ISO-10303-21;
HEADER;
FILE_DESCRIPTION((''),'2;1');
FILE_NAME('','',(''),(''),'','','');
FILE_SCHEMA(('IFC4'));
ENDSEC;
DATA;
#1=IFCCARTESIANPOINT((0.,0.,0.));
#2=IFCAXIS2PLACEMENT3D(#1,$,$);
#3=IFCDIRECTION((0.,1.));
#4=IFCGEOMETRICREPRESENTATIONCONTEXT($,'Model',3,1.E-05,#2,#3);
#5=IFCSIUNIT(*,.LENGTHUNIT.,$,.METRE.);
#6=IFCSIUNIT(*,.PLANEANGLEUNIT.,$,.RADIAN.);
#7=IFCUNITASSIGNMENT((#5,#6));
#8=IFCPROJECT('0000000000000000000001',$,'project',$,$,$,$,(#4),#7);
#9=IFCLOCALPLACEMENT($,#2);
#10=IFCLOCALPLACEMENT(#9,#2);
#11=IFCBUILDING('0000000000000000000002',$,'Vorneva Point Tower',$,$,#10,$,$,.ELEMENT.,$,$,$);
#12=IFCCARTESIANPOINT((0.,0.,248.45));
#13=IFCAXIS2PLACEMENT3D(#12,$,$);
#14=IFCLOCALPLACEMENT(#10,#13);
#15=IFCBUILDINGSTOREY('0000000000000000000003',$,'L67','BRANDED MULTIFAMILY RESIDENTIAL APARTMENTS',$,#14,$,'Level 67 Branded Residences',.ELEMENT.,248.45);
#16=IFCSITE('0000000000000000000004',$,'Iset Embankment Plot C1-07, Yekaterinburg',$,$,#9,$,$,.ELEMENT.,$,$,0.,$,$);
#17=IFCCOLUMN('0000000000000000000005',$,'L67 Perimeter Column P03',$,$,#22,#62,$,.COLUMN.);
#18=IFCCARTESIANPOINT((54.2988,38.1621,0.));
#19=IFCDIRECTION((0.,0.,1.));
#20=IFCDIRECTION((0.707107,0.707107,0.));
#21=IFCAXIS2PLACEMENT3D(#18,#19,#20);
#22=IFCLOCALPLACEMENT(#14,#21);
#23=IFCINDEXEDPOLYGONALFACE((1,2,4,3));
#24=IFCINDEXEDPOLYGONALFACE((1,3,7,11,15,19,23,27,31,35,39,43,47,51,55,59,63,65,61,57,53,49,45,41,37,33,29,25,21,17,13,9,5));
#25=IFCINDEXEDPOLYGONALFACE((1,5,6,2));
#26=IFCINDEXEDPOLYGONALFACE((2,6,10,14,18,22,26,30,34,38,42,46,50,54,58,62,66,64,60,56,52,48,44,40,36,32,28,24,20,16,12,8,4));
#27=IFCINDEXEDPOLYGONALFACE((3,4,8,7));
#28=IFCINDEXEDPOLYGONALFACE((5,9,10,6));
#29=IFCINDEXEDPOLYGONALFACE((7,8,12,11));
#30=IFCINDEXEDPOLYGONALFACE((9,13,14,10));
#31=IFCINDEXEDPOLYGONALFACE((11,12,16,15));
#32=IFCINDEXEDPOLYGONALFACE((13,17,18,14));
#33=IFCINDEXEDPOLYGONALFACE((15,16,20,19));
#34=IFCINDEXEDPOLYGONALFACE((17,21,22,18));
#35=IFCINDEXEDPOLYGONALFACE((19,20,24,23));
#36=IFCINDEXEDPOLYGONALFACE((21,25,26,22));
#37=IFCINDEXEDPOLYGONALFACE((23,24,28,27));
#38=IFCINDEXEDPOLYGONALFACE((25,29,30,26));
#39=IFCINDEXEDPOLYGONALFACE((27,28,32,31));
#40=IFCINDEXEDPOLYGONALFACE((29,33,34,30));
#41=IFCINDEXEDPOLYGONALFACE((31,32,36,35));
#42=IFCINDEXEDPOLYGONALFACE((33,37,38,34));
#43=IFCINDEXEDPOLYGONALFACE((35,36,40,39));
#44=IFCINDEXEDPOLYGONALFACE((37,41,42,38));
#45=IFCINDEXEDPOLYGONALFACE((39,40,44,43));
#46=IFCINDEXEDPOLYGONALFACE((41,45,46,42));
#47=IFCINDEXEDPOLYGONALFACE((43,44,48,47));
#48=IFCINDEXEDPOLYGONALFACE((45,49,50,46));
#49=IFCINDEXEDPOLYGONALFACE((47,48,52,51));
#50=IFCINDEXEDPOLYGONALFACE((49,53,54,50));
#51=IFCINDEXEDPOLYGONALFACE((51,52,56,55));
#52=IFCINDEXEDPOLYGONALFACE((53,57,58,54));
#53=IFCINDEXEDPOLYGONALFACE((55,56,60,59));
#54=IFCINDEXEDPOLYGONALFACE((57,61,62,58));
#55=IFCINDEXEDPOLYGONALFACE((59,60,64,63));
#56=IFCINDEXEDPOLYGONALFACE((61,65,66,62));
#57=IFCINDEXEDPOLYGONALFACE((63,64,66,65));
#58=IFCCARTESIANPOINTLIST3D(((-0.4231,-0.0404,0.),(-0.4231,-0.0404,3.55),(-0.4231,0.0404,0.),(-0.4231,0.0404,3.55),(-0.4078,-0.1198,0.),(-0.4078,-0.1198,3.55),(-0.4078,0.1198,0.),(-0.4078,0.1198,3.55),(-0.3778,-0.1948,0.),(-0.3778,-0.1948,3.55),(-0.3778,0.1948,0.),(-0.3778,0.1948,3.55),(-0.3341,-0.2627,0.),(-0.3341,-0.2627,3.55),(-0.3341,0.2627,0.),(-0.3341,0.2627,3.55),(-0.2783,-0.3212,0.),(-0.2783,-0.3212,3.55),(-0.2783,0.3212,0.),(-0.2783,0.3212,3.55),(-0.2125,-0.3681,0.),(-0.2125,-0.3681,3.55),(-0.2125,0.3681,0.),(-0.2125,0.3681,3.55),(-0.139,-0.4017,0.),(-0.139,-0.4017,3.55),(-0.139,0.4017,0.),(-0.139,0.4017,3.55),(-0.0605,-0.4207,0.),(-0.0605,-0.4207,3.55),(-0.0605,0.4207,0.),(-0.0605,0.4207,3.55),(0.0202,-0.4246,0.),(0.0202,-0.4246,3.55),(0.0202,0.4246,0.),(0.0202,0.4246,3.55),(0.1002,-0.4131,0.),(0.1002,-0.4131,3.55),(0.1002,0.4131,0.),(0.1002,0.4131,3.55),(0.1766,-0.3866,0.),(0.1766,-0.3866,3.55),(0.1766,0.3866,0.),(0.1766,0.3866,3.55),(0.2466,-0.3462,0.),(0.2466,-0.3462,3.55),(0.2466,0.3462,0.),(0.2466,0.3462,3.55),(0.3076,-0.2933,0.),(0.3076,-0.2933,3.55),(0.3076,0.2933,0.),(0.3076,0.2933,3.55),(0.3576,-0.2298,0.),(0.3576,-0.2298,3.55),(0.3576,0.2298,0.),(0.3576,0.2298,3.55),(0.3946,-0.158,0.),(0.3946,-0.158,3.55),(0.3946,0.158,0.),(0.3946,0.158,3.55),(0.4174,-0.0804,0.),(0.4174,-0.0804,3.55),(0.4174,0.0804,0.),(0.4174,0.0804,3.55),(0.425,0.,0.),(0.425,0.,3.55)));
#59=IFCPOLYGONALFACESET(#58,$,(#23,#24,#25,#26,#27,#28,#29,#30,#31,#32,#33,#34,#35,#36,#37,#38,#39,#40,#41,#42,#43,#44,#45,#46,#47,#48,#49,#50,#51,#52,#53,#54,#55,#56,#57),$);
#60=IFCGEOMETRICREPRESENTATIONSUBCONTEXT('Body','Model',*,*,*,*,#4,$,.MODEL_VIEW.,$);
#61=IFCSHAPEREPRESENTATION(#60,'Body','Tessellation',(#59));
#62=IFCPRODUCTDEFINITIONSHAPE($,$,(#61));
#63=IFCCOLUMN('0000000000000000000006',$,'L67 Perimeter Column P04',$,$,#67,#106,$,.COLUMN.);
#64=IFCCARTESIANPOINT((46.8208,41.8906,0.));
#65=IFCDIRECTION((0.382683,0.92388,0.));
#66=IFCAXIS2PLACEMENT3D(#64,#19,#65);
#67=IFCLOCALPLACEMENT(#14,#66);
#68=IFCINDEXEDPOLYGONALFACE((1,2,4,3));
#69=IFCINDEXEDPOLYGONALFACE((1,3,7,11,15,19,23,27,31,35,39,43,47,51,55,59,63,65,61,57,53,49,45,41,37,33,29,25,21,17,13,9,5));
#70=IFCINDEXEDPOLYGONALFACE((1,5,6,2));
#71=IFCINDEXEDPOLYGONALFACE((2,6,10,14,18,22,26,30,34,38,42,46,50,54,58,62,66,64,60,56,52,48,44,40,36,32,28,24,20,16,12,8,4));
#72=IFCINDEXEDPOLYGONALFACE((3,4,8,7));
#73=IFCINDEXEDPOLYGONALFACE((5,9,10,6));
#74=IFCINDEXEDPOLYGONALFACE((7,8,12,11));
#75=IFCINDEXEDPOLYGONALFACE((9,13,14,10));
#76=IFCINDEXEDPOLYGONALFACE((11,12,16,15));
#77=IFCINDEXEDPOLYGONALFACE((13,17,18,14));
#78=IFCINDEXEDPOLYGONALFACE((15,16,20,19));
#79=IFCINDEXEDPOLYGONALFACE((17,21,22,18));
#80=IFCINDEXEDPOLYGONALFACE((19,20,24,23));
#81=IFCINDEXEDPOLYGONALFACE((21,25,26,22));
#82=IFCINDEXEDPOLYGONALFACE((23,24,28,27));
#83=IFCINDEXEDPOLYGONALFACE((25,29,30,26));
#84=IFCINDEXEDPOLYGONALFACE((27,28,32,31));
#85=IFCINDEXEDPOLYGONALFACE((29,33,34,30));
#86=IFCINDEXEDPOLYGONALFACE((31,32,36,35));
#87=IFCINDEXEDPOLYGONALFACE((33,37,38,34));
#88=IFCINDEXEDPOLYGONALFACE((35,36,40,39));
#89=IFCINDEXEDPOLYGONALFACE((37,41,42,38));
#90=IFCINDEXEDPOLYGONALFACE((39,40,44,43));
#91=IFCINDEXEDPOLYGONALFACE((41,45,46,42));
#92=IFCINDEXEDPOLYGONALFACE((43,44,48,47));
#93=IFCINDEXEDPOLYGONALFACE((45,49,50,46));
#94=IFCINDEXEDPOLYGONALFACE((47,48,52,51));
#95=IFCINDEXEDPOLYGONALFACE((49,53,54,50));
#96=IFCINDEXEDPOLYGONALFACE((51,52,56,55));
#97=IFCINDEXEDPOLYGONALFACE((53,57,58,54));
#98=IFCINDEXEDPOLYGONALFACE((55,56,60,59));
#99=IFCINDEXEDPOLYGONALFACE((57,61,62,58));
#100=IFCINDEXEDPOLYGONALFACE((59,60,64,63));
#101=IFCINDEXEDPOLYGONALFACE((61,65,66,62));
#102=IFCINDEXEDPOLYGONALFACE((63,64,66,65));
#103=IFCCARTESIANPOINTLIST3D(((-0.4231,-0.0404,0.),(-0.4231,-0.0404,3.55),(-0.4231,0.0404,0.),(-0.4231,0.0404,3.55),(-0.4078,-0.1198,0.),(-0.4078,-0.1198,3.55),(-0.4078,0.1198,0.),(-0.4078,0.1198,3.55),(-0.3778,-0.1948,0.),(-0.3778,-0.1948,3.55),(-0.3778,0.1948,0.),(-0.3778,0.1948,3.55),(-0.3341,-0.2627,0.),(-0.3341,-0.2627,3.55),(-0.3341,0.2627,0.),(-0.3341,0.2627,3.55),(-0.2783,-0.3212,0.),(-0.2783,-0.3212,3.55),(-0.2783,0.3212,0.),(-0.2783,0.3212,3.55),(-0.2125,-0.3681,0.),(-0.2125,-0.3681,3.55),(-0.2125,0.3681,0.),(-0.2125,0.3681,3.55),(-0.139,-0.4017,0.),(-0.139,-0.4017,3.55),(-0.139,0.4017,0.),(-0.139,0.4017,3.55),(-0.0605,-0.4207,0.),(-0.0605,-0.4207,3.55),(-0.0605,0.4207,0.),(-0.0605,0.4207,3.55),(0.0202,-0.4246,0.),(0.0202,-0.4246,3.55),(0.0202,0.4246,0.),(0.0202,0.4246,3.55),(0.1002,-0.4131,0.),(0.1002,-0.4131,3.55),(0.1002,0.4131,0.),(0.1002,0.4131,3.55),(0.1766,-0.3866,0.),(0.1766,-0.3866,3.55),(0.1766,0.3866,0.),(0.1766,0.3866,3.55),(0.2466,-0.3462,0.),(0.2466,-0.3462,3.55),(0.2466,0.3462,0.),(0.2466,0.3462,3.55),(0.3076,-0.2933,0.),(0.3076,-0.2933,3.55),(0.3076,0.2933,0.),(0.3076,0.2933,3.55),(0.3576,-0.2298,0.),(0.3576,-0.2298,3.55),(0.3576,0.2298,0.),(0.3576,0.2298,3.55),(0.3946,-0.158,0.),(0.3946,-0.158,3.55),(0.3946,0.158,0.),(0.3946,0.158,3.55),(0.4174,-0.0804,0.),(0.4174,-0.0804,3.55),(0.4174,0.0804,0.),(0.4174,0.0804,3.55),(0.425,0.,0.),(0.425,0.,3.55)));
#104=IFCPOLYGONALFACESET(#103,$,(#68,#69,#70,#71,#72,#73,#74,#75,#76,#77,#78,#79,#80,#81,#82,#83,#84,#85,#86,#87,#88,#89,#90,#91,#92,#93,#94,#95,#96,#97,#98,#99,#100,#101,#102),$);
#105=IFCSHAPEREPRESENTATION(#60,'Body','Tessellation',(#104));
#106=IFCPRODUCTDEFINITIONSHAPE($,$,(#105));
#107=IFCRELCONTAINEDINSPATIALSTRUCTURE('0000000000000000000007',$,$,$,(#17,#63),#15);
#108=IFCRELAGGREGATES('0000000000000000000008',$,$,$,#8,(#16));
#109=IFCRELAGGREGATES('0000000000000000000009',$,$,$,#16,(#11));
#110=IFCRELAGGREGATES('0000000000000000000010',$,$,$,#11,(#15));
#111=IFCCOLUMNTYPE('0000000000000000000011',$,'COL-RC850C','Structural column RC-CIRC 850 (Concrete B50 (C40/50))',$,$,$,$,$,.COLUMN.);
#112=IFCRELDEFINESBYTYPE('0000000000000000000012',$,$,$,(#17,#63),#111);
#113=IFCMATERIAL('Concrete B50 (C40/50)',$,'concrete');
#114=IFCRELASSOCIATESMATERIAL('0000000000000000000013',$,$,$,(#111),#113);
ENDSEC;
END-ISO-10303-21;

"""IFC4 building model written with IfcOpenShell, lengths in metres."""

from ifc_helpers import new_model, si_unit, direction, frame, origin, origin_2d, place, context, subcontext, project, spatial, circle, extrude, material, material_profile, profile_set, type_object, element, save


model = new_model("IFC4")

# Units and contexts
model_context = context("Model", 3, precision=1e-05, world=origin(), true_north=direction((0.0, 1.0)))
body_context = subcontext(model_context, "Body", "Model", "MODEL_VIEW")
ifc_project = project(units=[si_unit("LENGTHUNIT", "METRE"), si_unit("PLANEANGLEUNIT", "RADIAN")], contexts=[model_context])

# Site, building, storey
site_placement = place(None, origin())
site = spatial("IfcSite", under=ifc_project, at=site_placement, Name="Iset Embankment Plot C1-07, Yekaterinburg", CompositionType="ELEMENT", RefElevation=0.0)
building_placement = place(site_placement, origin())
building = spatial("IfcBuilding", under=site, at=building_placement, Name="Vorneva Point Tower", CompositionType="ELEMENT")
storey_placement = place(building_placement, frame((0.0, 0.0, 248.45)))
storey = spatial("IfcBuildingStorey", under=building, at=storey_placement, Name="L67", Description="BRANDED MULTIFAMILY RESIDENTIAL APARTMENTS", LongName="Level 67 Branded Residences", CompositionType="ELEMENT", Elevation=248.45)

# Columns
ifc_material_1 = material(Name="Concrete B50 (C40/50)", Category="concrete")
ifc_material_profile_1 = material_profile(ifc_material_1, circle(Radius=0.425, at=origin_2d()), Name="RC-CIRC 850")
ifc_profile_set_1 = profile_set([ifc_material_profile_1], Name="Concrete B50 (C40/50)")
column_type = type_object("IfcColumnType", Name="COL-RC850C", Description="Structural column RC-CIRC 850 (Concrete B50 (C40/50))", PredefinedType="COLUMN", material=ifc_profile_set_1)
for number, where, z_axis, x_axis, name in (
    (1, (54.2988, 38.1621, 0.0), (0.0, 0.0, 1.0), (0.707107, 0.707107, 0.0), "L67 Perimeter Column P03"),
    (2, (46.8208, 41.8906, 0.0), (0.0, 0.0, 1.0), (0.382683, 0.92388, 0.0), "L67 Perimeter Column P04"),
):
    element("IfcColumn", number, at=place(storey_placement, frame(where, z_axis=z_axis, x_axis=x_axis)), inside=storey, type_object=column_type, Name=name, PredefinedType="COLUMN", context=body_context, shape_type="SweptSolid", body=[
        extrude(circle(Radius=0.425, at=origin_2d()), origin(), (0.0, 0.0, 1.0), 3.55),
    ])

save(model, "model.ifc")
